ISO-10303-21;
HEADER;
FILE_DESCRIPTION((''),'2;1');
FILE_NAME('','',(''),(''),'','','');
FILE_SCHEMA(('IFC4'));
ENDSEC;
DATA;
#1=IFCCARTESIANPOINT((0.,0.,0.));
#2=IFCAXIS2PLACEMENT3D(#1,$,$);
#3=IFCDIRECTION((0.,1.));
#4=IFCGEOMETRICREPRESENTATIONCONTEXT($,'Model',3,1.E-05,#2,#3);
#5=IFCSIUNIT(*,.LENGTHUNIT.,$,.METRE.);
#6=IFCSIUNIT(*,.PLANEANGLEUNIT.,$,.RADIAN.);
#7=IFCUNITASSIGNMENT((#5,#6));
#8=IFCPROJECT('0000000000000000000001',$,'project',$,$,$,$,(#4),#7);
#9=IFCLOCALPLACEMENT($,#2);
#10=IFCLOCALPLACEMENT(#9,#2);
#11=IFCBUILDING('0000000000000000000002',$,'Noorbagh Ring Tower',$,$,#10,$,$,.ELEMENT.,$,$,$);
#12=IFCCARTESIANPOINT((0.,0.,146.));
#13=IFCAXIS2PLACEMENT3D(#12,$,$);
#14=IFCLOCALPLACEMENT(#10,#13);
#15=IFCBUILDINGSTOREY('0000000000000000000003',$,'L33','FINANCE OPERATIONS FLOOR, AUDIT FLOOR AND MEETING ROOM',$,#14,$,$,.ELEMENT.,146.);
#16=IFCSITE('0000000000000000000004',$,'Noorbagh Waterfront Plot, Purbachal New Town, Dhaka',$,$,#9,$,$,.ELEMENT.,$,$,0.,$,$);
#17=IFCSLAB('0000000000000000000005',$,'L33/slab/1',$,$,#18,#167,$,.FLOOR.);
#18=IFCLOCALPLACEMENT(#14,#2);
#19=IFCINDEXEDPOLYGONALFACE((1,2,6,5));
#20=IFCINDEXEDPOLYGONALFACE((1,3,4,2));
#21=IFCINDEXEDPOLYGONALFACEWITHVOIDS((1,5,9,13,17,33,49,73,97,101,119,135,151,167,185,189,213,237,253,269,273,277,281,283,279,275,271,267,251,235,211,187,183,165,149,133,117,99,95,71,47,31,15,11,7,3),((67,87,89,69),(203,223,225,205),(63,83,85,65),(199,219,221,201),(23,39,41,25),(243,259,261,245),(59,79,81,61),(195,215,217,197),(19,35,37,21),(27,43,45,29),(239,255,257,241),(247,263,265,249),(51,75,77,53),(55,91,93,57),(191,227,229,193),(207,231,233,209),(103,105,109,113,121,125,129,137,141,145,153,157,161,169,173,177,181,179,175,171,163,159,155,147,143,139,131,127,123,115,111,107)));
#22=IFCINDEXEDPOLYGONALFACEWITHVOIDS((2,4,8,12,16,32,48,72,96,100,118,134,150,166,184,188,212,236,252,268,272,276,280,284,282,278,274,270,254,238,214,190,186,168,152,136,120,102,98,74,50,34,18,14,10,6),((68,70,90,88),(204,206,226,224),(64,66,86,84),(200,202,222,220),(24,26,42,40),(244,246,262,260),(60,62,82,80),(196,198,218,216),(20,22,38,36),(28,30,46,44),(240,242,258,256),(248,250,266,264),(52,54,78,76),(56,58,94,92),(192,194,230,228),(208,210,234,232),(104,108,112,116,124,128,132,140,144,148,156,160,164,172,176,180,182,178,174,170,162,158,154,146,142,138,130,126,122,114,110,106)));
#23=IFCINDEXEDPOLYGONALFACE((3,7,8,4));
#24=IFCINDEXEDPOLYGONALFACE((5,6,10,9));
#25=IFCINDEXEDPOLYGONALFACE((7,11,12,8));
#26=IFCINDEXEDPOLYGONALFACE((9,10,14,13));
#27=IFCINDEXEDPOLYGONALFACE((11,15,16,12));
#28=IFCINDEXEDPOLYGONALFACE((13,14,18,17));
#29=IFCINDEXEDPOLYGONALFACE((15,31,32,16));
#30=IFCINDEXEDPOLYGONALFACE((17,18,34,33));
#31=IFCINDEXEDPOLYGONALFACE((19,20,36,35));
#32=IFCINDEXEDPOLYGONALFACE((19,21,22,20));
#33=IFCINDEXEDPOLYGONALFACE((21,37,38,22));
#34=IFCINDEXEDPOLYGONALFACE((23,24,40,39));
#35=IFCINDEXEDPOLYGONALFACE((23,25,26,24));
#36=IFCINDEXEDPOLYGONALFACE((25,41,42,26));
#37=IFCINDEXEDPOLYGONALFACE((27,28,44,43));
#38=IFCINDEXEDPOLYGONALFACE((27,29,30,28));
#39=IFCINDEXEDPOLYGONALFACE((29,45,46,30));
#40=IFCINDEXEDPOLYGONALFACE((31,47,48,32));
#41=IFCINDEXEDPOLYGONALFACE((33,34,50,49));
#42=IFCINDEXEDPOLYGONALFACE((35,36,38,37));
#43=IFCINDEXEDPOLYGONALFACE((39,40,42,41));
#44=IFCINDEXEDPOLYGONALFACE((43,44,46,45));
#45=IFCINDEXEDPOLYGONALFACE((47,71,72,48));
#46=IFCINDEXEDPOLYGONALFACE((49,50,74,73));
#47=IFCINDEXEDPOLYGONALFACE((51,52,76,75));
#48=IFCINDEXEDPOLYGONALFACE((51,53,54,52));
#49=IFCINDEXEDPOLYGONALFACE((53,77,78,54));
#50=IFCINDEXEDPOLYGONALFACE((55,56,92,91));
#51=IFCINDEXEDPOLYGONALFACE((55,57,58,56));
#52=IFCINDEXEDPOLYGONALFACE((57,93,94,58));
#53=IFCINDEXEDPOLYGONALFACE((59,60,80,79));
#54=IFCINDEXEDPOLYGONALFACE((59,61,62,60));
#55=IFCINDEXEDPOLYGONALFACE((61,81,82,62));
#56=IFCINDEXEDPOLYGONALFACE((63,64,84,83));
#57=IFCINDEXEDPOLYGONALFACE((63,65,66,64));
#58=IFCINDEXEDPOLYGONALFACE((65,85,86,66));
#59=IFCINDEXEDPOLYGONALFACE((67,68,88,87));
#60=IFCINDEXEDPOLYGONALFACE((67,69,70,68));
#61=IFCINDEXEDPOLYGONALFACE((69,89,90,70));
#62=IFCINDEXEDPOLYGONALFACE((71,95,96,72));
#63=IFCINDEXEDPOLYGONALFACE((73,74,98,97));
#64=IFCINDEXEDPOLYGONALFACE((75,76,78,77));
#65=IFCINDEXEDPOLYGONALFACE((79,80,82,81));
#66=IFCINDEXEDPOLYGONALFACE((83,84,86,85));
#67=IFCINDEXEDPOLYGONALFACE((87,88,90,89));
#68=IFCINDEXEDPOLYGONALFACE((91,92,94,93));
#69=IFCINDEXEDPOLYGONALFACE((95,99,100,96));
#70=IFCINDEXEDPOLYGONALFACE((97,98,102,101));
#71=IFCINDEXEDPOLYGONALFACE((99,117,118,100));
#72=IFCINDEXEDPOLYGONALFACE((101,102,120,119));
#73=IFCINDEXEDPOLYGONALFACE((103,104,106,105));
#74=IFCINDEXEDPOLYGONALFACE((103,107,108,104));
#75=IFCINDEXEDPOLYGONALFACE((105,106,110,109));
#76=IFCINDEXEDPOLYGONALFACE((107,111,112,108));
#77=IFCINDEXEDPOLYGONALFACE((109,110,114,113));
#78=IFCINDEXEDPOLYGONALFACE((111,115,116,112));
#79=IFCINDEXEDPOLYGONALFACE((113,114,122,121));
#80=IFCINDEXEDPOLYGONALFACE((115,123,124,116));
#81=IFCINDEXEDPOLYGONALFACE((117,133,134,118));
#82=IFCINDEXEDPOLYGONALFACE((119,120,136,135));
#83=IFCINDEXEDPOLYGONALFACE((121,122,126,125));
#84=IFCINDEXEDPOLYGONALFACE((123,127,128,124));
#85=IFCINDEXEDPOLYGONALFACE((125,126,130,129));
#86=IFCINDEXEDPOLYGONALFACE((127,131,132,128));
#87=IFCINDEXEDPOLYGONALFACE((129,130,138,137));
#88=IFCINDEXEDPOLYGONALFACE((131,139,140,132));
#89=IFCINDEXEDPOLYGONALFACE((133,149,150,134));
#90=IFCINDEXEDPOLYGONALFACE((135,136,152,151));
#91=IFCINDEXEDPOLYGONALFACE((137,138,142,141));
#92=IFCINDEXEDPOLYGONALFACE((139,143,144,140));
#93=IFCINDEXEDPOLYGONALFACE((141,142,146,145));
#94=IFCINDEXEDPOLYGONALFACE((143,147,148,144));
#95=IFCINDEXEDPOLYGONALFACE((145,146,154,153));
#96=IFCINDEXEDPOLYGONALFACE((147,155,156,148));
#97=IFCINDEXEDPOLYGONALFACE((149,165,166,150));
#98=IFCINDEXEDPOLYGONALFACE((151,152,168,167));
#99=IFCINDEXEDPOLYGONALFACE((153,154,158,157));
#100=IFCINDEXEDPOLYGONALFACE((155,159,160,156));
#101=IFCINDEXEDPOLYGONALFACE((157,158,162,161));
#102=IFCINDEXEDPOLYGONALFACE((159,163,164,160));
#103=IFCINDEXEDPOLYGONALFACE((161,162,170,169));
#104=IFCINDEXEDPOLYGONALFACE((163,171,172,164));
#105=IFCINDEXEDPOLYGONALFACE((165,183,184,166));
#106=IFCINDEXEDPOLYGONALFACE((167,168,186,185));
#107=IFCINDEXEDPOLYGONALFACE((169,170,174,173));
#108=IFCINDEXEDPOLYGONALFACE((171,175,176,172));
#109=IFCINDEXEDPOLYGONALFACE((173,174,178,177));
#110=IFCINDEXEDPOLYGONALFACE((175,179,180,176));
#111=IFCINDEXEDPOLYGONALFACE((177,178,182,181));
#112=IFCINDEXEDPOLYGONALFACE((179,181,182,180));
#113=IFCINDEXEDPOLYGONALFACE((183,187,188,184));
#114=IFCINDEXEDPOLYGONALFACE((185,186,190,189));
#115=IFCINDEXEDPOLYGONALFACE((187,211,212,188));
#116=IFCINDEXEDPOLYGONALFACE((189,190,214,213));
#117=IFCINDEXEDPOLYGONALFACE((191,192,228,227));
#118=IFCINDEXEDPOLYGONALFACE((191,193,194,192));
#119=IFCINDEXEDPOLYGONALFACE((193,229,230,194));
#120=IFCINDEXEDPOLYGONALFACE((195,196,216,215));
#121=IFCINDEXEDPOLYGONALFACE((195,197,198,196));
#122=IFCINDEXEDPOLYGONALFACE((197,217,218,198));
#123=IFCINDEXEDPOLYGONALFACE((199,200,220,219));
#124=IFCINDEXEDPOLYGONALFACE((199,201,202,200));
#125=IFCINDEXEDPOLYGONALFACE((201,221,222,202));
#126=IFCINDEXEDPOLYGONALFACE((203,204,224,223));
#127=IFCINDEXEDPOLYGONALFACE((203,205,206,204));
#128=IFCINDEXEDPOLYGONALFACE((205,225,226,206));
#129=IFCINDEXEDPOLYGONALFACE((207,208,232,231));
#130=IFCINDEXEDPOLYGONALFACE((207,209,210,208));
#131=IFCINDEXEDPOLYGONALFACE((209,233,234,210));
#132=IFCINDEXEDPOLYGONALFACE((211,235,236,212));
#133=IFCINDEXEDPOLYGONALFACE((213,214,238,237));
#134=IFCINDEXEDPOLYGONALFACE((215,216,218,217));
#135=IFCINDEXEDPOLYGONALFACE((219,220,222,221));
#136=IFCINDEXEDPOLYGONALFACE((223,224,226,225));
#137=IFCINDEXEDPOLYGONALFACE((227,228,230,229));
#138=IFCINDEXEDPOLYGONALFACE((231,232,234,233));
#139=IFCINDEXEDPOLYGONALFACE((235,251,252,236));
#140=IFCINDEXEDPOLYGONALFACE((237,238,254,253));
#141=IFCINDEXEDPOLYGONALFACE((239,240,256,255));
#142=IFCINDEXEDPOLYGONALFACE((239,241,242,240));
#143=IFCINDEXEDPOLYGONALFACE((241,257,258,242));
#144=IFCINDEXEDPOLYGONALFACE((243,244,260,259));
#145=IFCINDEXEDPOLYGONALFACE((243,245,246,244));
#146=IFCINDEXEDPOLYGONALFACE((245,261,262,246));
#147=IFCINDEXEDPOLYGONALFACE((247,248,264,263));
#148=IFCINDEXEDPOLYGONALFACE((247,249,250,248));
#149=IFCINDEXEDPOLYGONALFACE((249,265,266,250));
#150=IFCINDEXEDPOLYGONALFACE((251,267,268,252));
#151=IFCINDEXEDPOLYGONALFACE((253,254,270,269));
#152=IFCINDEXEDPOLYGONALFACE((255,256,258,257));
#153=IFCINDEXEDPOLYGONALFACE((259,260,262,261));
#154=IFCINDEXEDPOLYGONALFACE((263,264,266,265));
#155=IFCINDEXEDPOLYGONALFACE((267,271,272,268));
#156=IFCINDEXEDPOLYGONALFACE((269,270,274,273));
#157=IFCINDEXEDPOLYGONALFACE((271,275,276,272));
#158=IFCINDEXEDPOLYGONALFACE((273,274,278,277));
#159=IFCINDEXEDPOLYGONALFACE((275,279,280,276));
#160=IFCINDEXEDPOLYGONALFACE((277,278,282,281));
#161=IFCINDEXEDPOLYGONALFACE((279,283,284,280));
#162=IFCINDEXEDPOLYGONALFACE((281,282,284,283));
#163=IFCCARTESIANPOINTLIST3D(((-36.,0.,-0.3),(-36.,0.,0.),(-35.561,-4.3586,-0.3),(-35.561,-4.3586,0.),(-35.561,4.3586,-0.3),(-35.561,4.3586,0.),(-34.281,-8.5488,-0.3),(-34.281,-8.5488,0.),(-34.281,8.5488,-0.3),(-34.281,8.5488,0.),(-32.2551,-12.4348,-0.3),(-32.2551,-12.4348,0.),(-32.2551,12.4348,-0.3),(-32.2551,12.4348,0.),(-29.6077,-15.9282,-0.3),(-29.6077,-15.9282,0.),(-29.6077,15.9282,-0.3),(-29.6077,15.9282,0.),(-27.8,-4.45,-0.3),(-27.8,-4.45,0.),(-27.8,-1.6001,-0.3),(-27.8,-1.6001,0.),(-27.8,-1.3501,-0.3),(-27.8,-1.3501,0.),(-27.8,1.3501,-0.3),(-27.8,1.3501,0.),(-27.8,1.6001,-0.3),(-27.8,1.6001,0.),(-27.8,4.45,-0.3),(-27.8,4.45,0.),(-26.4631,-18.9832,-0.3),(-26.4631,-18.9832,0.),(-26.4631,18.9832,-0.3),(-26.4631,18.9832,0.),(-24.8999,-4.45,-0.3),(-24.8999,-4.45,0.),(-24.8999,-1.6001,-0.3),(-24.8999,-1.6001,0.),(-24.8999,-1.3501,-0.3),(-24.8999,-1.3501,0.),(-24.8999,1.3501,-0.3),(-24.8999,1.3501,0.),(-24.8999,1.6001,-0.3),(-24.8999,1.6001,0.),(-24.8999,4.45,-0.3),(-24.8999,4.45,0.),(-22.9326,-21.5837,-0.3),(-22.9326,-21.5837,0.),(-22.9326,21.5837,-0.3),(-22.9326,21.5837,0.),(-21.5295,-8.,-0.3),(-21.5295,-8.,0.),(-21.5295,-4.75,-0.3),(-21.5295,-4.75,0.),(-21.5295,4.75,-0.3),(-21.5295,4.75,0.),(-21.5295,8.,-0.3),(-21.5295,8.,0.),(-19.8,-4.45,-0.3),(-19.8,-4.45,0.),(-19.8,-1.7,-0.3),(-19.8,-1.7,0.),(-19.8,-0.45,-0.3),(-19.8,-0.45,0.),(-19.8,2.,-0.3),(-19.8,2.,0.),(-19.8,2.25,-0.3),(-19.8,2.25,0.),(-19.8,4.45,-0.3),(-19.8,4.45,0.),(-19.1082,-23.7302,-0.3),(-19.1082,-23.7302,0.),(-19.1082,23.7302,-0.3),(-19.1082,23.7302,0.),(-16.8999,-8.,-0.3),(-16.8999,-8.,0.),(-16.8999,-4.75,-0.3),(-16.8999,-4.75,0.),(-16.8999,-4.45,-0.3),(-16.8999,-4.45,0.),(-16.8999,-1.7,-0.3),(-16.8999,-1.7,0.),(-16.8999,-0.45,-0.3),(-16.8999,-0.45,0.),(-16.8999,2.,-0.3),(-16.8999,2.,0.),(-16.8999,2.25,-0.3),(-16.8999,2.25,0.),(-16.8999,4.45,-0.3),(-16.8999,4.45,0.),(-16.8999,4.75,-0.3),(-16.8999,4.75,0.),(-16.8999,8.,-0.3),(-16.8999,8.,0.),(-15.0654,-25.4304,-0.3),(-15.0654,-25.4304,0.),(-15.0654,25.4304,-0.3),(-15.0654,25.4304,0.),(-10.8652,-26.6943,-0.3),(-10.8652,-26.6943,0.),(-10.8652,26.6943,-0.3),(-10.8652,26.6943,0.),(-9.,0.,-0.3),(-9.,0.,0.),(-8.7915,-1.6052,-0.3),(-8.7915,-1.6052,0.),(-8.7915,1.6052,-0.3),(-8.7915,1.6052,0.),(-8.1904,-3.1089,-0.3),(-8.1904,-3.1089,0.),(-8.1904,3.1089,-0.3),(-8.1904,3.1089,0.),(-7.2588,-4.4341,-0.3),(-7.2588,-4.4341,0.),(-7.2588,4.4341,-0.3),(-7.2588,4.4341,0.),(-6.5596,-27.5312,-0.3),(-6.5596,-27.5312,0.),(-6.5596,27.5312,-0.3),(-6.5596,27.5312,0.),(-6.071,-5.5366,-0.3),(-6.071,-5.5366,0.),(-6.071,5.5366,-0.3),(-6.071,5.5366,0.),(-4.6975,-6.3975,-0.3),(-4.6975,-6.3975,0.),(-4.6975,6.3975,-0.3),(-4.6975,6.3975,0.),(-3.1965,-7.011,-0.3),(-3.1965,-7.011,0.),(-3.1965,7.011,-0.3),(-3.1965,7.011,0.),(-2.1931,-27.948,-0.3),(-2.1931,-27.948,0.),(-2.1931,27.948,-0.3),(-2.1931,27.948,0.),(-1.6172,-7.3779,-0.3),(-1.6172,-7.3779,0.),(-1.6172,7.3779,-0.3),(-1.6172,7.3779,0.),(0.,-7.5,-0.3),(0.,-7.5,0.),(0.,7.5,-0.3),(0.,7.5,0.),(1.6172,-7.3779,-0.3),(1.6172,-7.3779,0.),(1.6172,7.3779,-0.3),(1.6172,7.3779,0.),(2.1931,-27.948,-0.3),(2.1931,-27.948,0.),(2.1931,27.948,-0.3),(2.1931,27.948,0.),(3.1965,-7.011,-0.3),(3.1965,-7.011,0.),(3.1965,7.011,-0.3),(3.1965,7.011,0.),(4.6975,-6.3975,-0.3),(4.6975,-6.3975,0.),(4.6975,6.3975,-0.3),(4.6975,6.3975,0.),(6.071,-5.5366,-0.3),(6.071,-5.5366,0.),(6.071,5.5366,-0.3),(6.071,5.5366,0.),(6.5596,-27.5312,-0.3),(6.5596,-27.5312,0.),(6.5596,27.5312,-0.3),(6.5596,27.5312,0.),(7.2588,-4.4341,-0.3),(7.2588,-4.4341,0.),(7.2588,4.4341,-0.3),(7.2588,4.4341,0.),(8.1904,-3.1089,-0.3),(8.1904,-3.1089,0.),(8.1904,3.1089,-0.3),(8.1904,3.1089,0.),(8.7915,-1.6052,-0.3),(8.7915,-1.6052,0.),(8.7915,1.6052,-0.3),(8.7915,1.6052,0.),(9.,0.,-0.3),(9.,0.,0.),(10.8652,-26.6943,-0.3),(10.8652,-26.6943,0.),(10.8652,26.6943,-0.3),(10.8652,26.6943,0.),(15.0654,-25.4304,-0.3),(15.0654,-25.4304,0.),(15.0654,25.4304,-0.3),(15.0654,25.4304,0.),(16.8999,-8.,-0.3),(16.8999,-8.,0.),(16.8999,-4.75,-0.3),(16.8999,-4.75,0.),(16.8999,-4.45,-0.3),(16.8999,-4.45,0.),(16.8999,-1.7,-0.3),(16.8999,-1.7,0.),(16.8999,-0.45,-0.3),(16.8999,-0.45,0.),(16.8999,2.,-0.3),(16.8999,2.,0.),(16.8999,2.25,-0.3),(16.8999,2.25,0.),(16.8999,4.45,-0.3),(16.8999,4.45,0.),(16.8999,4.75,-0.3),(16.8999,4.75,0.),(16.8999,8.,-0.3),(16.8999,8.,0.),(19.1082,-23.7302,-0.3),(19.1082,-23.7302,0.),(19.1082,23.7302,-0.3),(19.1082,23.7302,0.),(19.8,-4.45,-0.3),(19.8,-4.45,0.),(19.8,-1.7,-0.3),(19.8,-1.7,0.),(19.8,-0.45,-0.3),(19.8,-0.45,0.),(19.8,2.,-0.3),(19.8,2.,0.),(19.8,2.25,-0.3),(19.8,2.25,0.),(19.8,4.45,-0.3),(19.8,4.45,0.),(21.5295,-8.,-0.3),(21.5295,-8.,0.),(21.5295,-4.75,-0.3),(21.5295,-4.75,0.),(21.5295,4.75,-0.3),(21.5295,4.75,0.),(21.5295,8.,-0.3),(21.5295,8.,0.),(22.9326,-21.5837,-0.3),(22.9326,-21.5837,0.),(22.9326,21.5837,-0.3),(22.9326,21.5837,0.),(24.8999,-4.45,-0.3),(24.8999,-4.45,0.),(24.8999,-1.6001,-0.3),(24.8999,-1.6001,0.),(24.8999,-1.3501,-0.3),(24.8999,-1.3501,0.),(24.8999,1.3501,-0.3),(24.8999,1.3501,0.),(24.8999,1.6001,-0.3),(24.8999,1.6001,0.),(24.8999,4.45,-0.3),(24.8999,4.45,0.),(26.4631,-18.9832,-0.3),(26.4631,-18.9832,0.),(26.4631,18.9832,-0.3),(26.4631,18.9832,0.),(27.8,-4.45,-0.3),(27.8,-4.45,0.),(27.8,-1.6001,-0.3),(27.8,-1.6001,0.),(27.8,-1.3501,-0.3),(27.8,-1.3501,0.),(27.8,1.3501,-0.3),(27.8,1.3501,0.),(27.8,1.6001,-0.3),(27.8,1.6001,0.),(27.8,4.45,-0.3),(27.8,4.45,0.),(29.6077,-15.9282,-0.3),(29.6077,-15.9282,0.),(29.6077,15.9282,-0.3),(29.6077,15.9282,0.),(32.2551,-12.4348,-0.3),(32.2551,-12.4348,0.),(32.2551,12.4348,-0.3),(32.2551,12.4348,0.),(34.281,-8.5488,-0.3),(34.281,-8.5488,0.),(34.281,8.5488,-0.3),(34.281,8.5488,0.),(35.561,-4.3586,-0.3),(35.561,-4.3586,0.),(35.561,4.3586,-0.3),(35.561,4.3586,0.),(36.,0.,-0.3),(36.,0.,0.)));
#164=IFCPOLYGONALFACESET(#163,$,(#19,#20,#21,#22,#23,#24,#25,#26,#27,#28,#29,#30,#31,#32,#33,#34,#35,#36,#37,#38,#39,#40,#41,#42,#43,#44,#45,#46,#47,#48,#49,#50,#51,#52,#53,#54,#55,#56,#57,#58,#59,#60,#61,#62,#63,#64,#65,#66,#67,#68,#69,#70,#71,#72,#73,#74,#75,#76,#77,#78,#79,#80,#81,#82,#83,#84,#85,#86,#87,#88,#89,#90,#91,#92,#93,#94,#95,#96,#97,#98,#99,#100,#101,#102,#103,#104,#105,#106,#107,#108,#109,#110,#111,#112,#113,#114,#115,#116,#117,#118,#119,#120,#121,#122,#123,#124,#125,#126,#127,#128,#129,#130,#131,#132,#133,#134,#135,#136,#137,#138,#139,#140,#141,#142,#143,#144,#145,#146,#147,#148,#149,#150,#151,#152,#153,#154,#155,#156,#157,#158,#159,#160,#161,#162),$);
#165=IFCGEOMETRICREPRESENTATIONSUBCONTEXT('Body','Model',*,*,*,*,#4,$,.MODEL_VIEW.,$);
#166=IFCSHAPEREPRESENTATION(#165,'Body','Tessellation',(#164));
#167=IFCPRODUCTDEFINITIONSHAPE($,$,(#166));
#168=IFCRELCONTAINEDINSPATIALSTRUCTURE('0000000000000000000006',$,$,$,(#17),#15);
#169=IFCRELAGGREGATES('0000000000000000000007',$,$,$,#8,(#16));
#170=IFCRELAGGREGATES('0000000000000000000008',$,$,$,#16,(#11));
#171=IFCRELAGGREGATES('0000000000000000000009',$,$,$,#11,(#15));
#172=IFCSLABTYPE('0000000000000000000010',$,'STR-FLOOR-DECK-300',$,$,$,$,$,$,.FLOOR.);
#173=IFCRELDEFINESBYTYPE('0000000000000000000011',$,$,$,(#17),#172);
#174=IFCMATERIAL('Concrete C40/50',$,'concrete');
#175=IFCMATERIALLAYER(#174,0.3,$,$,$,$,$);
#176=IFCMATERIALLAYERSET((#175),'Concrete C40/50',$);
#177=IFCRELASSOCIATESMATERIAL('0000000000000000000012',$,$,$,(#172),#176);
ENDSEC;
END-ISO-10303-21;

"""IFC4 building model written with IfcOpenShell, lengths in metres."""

from ifc_helpers import new_model, si_unit, direction, frame, origin, place, context, subcontext, project, spatial, polyline, outline, extrude, material, layer, layer_set, type_object, element, save


model = new_model("IFC4")

# Units and contexts
model_context = context("Model", 3, precision=1e-05, world=origin(), true_north=direction((0.0, 1.0)))
body_context = subcontext(model_context, "Body", "Model", "MODEL_VIEW")
ifc_project = project(units=[si_unit("LENGTHUNIT", "METRE"), si_unit("PLANEANGLEUNIT", "RADIAN")], contexts=[model_context])

# Site, building, storey
site_placement = place(None, origin())
site = spatial("IfcSite", under=ifc_project, at=site_placement, Name="Noorbagh Waterfront Plot, Purbachal New Town, Dhaka", CompositionType="ELEMENT", RefElevation=0.0)
building_placement = place(site_placement, origin())
building = spatial("IfcBuilding", under=site, at=building_placement, Name="Noorbagh Ring Tower", CompositionType="ELEMENT")
storey_placement = place(building_placement, frame((0.0, 0.0, 146.0)))
storey = spatial("IfcBuildingStorey", under=building, at=storey_placement, Name="L33", Description="FINANCE OPERATIONS FLOOR, AUDIT FLOOR AND MEETING ROOM", CompositionType="ELEMENT", Elevation=146.0)

# Slab
ifc_material_1 = material(Name="Concrete C40/50", Category="concrete")
ifc_layer_1 = layer(ifc_material_1, 0.3)
ifc_layer_set_1 = layer_set([ifc_layer_1], Name="Concrete C40/50")
slab_type_1 = type_object("IfcSlabType", Name="STR-FLOOR-DECK-300", PredefinedType="FLOOR", material=ifc_layer_set_1)
slab_1_placement = place(storey_placement, frame((0.0, 0.0, -0.3)))
element("IfcSlab", 1, at=slab_1_placement, inside=storey, type_object=slab_type_1, Name="L33/slab/1", PredefinedType="FLOOR", context=body_context, shape_type="SweptSolid", body=[
    extrude(outline(polyline([(36.0, 0.0), (35.561, 4.3586), (34.281, 8.5488), (32.2551, 12.4348), (29.6077, 15.9282), (26.4631, 18.9832), (22.9326, 21.5837), (19.1082, 23.7302), (15.0654, 25.4304), (10.8652, 26.6943), (6.5596, 27.5312), (2.1931, 27.948), (-2.1931, 27.948), (-6.5596, 27.5312), (-10.8652, 26.6943), (-15.0654, 25.4304), (-19.1082, 23.7302), (-22.9326, 21.5837), (-26.4631, 18.9832), (-29.6077, 15.9282), (-32.2551, 12.4348), (-34.281, 8.5488), (-35.561, 4.3586), (-36.0, 0.0), (-35.561, -4.3586), (-34.281, -8.5488), (-32.2551, -12.4348), (-29.6077, -15.9282), (-26.4631, -18.9832), (-22.9326, -21.5837), (-19.1082, -23.7302), (-15.0654, -25.4304), (-10.8652, -26.6943), (-6.5596, -27.5312), (-2.1931, -27.948), (2.1931, -27.948), (6.5596, -27.5312), (10.8652, -26.6943), (15.0654, -25.4304), (19.1082, -23.7302), (22.9326, -21.5837), (26.4631, -18.9832), (29.6077, -15.9282), (32.2551, -12.4348), (34.281, -8.5488), (35.561, -4.3586), (36.0, 0.0)]), holes=[polyline([(24.8999, 4.45), (27.8, 4.45), (27.8, 1.6001), (24.8999, 1.6001), (24.8999, 4.45)]), polyline([(24.8999, 1.3501), (27.8, 1.3501), (27.8, -1.3501), (24.8999, -1.3501), (24.8999, 1.3501)]), polyline([(24.8999, -1.6001), (27.8, -1.6001), (27.8, -4.45), (24.8999, -4.45), (24.8999, -1.6001)]), polyline([(21.5295, -8.0), (16.8999, -8.0), (16.8999, -4.75), (21.5295, -4.75), (21.5295, -8.0)]), polyline([(16.8999, 4.75), (16.8999, 8.0), (21.5295, 8.0), (21.5295, 4.75), (16.8999, 4.75)]), polyline([(19.8, 4.45), (19.8, 2.25), (16.8999, 2.25), (16.8999, 4.45), (19.8, 4.45)]), polyline([(16.8999, 2.0), (19.8, 2.0), (19.8, -0.45), (16.8999, -0.45), (16.8999, 2.0)]), polyline([(16.8999, -1.7), (19.8, -1.7), (19.8, -4.45), (16.8999, -4.45), (16.8999, -1.7)]), polyline([(4.6975, -6.3975), (3.1965, -7.011), (1.6172, -7.3779), (0.0, -7.5), (-1.6172, -7.3779), (-3.1965, -7.011), (-4.6975, -6.3975), (-6.071, -5.5366), (-7.2588, -4.4341), (-8.1904, -3.1089), (-8.7915, -1.6052), (-9.0, 0.0), (-8.7915, 1.6052), (-8.1904, 3.1089), (-7.2588, 4.4341), (-6.071, 5.5366), (-4.6975, 6.3975), (-3.1965, 7.011), (-1.6172, 7.3779), (0.0, 7.5), (1.6172, 7.3779), (3.1965, 7.011), (4.6975, 6.3975), (6.071, 5.5366), (7.2588, 4.4341), (8.1904, 3.1089), (8.7915, 1.6052), (9.0, 0.0), (8.7915, -1.6052), (8.1904, -3.1089), (7.2588, -4.4341), (6.071, -5.5366), (4.6975, -6.3975)]), polyline([(-16.8999, 2.25), (-19.8, 2.25), (-19.8, 4.45), (-16.8999, 4.45), (-16.8999, 2.25)]), polyline([(-16.8999, -0.45), (-19.8, -0.45), (-19.8, 2.0), (-16.8999, 2.0), (-16.8999, -0.45)]), polyline([(-16.8999, -4.45), (-19.8, -4.45), (-19.8, -1.7), (-16.8999, -1.7), (-16.8999, -4.45)]), polyline([(-21.5295, 8.0), (-16.8999, 8.0), (-16.8999, 4.75), (-21.5295, 4.75), (-21.5295, 8.0)]), polyline([(-21.5295, -4.75), (-16.8999, -4.75), (-16.8999, -8.0), (-21.5295, -8.0), (-21.5295, -4.75)]), polyline([(-24.8999, -4.45), (-27.8, -4.45), (-27.8, -1.6001), (-24.8999, -1.6001), (-24.8999, -4.45)]), polyline([(-24.8999, 1.6001), (-27.8, 1.6001), (-27.8, 4.45), (-24.8999, 4.45), (-24.8999, 1.6001)]), polyline([(-24.8999, -1.3501), (-27.8, -1.3501), (-27.8, 1.3501), (-24.8999, 1.3501), (-24.8999, -1.3501)])]), origin(), (0.0, 0.0, 1.0), 0.3),
])

save(model, "model.ifc")
